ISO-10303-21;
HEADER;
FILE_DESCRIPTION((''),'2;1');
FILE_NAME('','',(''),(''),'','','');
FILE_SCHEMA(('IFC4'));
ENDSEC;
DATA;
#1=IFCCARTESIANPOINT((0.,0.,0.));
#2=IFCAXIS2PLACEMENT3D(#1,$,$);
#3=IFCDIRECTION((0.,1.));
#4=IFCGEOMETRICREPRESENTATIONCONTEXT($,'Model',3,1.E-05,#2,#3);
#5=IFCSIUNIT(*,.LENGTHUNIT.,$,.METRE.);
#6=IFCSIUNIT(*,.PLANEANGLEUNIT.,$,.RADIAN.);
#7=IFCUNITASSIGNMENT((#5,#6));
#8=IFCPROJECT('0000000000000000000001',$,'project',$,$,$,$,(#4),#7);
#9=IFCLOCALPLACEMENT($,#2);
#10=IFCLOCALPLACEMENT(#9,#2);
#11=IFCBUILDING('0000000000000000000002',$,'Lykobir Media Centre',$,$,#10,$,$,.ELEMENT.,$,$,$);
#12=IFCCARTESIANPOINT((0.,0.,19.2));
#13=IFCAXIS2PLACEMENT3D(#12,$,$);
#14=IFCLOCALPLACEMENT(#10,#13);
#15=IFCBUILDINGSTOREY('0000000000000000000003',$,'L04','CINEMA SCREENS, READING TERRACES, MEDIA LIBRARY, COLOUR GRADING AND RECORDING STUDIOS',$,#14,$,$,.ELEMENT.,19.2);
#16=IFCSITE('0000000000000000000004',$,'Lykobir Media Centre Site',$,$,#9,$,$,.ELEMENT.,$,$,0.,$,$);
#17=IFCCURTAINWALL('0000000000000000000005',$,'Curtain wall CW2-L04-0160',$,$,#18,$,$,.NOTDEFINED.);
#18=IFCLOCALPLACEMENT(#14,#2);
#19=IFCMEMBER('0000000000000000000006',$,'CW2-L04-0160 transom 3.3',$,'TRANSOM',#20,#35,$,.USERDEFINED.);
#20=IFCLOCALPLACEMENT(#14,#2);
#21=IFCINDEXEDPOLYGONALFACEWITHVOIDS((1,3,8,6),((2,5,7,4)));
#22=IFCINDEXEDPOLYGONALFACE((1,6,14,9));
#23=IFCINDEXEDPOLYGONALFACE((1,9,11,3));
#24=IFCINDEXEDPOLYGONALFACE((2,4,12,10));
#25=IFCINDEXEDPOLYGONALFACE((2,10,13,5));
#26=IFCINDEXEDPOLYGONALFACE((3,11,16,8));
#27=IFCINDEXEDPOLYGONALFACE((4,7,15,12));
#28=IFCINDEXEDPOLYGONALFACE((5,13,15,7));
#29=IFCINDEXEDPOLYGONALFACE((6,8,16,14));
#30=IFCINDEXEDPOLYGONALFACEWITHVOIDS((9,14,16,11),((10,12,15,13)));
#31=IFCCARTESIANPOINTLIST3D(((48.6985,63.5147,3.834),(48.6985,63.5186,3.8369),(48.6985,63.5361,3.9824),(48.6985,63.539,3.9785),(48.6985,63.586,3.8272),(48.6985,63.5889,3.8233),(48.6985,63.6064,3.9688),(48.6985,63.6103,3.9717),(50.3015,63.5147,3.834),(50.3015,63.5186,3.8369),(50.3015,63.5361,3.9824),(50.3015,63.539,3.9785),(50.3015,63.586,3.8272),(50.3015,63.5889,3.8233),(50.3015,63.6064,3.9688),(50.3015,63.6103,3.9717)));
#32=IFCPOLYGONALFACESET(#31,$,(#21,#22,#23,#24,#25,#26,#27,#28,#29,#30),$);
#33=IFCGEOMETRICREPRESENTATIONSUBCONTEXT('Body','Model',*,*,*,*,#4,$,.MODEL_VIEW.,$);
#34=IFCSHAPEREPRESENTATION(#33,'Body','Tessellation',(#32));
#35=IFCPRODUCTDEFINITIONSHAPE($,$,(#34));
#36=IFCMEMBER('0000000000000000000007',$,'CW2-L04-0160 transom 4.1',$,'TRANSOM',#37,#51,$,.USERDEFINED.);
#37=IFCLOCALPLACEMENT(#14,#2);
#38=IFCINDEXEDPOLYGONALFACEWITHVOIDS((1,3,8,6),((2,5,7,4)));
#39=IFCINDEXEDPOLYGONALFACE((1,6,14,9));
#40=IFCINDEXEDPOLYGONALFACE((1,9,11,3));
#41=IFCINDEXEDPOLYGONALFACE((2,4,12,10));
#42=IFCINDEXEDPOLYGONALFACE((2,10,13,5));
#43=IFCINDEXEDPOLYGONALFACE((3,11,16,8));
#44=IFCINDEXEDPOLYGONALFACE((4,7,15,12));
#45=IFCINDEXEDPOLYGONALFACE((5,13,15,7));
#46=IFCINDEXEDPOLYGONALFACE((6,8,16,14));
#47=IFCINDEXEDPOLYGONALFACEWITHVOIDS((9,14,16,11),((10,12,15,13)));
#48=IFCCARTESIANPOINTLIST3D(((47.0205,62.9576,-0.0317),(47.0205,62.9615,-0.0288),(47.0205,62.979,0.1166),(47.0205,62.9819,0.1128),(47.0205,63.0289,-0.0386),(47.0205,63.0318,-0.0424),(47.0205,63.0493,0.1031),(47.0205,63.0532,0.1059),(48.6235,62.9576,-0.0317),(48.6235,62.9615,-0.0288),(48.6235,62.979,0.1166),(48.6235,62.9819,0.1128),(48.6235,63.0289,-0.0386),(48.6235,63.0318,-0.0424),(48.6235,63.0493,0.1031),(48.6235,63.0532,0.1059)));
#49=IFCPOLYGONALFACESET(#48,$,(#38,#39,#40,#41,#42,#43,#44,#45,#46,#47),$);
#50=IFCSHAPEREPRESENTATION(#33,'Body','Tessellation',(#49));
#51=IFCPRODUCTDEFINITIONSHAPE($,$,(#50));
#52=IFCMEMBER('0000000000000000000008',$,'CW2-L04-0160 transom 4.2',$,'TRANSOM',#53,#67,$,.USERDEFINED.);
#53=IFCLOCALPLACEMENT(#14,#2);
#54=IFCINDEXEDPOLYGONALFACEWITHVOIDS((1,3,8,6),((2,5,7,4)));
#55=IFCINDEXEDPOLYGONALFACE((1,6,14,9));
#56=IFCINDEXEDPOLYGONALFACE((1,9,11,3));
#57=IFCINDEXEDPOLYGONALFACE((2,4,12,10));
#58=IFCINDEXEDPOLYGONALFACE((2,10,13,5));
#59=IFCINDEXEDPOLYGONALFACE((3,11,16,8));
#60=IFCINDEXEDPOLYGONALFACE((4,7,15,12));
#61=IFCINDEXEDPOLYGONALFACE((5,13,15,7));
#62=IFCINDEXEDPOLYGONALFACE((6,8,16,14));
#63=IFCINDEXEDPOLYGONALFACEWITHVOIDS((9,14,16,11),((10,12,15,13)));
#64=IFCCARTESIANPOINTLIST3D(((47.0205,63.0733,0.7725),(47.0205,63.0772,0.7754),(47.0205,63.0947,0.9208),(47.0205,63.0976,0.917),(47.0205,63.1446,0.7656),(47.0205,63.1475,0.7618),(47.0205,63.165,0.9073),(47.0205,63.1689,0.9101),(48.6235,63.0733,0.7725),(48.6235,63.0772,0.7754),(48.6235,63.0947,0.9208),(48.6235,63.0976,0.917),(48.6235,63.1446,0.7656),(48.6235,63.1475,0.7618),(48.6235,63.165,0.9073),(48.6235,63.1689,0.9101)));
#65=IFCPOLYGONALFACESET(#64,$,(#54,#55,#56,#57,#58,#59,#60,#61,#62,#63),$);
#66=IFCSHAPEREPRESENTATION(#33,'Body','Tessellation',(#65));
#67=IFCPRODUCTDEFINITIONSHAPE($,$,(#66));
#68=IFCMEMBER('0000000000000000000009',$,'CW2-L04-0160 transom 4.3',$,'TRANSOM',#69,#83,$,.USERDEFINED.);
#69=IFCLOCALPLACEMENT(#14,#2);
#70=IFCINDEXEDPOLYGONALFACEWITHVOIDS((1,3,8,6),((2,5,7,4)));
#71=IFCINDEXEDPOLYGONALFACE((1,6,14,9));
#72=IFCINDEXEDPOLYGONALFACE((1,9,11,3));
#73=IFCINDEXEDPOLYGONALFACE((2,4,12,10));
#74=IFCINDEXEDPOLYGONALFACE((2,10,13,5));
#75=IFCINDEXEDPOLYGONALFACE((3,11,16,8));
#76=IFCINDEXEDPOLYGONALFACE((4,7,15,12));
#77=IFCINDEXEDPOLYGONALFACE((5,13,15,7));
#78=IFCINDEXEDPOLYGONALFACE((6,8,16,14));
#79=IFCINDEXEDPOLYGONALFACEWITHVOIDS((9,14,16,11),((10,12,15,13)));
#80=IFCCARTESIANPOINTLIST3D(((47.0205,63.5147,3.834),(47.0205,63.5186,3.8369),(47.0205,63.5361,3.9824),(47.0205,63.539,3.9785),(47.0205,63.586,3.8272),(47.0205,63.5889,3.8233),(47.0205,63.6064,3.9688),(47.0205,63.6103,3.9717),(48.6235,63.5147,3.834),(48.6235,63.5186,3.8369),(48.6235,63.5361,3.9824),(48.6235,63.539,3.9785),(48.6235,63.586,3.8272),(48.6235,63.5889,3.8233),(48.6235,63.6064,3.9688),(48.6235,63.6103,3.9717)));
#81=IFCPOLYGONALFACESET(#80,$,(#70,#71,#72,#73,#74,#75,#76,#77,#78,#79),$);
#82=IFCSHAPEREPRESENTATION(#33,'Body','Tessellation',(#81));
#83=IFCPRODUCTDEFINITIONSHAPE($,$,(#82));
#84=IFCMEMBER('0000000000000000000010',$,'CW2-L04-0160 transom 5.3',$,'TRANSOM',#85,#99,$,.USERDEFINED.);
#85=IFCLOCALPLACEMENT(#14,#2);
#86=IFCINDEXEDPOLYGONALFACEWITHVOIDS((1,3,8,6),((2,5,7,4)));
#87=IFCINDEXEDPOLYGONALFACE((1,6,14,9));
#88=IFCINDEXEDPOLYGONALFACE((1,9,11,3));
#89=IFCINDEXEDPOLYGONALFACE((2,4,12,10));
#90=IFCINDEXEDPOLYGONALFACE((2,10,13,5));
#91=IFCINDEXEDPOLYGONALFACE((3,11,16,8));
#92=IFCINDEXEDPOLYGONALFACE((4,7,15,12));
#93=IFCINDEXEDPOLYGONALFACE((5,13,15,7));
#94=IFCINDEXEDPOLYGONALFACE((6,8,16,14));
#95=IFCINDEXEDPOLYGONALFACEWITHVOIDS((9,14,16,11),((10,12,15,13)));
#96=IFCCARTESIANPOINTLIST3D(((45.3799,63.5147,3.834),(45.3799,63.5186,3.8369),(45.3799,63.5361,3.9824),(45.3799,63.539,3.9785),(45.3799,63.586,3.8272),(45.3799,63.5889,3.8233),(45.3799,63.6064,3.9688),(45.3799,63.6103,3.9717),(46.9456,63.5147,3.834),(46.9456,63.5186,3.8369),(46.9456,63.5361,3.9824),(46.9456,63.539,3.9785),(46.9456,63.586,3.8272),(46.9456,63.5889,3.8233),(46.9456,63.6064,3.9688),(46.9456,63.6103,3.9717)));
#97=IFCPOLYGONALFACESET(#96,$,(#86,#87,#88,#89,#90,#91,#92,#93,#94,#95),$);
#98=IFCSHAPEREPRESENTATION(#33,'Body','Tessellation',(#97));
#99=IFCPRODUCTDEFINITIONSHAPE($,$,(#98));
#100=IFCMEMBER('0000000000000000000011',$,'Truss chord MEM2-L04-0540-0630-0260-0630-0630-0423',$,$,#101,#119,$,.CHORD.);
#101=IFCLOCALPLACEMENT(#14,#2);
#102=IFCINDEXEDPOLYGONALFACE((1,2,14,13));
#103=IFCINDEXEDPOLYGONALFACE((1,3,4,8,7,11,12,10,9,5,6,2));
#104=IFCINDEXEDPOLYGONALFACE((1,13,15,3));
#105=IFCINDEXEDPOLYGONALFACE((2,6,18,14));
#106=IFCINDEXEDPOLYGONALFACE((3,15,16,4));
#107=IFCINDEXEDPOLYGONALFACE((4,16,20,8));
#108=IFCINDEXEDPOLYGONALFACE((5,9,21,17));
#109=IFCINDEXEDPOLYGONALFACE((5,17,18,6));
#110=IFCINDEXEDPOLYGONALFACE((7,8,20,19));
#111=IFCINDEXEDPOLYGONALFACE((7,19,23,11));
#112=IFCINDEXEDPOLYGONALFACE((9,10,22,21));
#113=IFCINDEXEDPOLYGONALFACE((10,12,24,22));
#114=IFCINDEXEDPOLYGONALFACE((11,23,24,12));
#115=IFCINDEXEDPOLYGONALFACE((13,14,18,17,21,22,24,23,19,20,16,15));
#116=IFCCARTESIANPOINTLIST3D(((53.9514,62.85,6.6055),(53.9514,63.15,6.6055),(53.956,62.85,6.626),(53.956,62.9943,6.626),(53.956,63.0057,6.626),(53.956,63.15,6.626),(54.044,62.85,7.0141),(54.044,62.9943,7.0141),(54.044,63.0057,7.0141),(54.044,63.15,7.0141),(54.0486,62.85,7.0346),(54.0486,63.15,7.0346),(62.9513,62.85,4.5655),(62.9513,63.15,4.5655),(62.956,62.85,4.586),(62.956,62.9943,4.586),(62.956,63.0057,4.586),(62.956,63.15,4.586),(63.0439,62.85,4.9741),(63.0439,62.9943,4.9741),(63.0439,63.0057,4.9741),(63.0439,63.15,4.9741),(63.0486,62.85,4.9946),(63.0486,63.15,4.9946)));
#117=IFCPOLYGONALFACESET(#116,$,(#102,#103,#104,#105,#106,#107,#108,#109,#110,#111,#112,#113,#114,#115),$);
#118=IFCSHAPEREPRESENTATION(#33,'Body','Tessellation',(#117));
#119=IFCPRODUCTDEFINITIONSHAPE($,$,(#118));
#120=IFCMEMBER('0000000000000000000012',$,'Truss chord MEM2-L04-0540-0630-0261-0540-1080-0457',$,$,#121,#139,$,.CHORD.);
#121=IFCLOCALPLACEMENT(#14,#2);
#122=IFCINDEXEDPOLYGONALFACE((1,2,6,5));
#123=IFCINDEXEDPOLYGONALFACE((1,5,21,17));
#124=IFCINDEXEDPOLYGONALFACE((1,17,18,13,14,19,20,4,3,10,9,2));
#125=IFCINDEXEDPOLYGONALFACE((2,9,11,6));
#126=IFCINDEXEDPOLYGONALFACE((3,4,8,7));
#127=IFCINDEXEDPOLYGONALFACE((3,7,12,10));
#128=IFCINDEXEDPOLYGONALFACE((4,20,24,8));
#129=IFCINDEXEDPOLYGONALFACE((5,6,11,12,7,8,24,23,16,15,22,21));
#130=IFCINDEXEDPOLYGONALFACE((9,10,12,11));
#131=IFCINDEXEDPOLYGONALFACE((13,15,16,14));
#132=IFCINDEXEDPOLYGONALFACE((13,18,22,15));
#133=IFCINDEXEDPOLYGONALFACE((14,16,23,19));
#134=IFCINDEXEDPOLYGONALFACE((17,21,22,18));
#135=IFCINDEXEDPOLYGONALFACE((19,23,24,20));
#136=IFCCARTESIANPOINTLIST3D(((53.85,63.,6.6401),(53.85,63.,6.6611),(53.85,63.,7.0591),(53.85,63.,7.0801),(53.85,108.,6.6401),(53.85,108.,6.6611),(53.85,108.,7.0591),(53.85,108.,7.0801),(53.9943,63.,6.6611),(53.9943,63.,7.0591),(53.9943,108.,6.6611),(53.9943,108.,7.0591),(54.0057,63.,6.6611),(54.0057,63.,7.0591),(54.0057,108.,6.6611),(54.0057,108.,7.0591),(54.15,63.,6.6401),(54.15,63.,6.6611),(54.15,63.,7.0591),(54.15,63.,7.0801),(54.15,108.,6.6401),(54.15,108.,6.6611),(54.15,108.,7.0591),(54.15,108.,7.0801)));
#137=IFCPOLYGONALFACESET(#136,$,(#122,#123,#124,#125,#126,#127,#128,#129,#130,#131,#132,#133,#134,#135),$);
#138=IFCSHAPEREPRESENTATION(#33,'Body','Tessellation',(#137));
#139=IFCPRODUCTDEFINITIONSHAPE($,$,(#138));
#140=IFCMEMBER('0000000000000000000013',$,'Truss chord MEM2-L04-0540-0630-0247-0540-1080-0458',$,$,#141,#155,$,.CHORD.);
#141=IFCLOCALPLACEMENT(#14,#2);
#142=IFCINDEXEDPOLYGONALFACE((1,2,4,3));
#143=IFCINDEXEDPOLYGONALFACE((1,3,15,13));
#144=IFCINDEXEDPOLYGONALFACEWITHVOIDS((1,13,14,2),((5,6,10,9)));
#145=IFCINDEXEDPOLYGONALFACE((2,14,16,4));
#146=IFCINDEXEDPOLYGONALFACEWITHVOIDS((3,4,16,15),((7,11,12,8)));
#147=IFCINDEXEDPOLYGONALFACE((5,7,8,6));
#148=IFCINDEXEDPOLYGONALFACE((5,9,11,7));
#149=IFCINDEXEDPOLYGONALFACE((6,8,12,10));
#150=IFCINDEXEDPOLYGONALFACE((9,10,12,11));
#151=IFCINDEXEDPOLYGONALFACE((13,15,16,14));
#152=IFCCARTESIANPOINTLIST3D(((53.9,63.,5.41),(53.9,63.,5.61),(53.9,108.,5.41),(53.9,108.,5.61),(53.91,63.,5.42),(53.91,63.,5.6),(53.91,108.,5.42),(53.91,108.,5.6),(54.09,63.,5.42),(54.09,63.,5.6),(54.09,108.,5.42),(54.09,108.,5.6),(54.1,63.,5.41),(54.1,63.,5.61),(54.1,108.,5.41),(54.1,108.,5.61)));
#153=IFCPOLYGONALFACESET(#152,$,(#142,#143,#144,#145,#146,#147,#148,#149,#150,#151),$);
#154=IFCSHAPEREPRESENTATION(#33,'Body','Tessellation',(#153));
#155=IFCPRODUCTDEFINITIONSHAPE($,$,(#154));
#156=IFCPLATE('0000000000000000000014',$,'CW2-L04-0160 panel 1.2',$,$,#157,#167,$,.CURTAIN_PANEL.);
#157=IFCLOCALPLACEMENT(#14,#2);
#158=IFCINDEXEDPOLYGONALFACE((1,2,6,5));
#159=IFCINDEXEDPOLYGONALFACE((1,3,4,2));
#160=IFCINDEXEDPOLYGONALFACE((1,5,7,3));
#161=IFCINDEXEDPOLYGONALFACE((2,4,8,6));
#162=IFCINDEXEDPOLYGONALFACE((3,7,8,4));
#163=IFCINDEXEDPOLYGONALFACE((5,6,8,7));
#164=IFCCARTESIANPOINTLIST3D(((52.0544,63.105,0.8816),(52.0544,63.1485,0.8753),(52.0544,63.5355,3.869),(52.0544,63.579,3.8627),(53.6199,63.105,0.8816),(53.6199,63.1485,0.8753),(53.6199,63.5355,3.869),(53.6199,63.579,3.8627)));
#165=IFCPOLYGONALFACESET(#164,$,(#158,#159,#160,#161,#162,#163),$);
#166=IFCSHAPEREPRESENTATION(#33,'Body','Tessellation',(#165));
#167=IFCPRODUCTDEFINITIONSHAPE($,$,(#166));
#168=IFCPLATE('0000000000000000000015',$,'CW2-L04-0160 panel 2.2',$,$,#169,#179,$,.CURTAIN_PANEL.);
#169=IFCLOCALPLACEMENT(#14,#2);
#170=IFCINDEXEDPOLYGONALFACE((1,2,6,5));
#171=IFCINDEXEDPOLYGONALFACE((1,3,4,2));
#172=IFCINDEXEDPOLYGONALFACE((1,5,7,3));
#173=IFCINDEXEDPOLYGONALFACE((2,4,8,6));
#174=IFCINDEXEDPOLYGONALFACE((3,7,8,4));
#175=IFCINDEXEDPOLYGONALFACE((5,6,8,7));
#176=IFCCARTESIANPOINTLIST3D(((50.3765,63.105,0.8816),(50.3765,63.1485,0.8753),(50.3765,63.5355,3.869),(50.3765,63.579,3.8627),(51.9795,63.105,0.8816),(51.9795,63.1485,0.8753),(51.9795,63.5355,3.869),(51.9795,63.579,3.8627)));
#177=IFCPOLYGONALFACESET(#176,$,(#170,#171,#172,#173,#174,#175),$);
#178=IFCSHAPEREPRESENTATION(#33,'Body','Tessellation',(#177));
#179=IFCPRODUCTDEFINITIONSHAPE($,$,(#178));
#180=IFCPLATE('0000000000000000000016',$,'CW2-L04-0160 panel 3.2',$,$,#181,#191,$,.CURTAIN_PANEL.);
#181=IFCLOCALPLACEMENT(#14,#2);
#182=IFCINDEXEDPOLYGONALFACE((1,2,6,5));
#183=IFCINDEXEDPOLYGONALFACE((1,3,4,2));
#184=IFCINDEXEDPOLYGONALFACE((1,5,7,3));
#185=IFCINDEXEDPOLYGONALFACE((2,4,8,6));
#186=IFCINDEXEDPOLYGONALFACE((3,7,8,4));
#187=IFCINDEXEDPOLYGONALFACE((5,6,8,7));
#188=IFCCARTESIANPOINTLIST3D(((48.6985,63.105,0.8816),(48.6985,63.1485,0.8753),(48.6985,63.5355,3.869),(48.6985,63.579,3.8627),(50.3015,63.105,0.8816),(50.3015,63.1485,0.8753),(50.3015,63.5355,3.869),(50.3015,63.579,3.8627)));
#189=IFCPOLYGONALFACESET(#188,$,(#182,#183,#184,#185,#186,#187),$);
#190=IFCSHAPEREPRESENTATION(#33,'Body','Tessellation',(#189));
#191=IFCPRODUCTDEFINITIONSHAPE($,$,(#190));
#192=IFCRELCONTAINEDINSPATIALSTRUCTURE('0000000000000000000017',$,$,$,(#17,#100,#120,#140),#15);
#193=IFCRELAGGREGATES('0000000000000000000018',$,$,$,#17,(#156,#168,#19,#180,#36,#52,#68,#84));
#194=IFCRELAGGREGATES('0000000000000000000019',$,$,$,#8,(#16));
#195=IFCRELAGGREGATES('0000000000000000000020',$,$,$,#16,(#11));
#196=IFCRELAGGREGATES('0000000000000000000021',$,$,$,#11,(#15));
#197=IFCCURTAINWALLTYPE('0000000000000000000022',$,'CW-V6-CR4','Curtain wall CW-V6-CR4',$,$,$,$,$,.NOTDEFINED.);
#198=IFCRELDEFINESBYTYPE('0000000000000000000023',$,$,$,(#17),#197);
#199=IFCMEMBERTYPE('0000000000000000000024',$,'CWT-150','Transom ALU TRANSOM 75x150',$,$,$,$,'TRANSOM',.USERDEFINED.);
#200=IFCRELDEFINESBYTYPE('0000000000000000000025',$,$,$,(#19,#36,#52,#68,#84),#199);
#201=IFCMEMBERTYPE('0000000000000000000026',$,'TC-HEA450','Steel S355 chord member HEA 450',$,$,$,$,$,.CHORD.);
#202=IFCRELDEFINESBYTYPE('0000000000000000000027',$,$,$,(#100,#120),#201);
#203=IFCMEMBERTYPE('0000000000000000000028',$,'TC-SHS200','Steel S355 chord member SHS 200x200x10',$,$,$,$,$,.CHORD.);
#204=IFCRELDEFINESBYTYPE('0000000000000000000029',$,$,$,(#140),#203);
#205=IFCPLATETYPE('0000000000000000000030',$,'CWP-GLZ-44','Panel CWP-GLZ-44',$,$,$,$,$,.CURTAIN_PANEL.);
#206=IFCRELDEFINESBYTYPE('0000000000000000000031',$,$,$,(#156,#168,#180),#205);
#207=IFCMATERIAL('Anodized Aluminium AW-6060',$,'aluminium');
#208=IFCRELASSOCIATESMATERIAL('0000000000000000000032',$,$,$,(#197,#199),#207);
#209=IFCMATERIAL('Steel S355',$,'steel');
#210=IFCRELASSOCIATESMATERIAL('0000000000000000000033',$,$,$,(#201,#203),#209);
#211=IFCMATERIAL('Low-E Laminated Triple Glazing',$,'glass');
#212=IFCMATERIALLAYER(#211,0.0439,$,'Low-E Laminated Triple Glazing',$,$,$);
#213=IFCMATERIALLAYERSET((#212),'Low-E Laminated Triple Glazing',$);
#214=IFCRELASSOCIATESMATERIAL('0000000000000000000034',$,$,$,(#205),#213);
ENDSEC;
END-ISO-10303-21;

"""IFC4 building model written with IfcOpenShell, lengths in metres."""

from ifc_helpers import new_model, si_unit, direction, frame, origin, origin_2d, place, context, subcontext, project, spatial, rectangle, hollow_rectangle, i_section, extrude, material, layer, layer_set, material_profile, profile_set, type_object, element, aggregate, save


model = new_model("IFC4")

# Units and contexts
model_context = context("Model", 3, precision=1e-05, world=origin(), true_north=direction((0.0, 1.0)))
body_context = subcontext(model_context, "Body", "Model", "MODEL_VIEW")
ifc_project = project(units=[si_unit("LENGTHUNIT", "METRE"), si_unit("PLANEANGLEUNIT", "RADIAN")], contexts=[model_context])

# Site, building, storey
site_placement = place(None, origin())
site = spatial("IfcSite", under=ifc_project, at=site_placement, Name="Lykobir Media Centre Site", CompositionType="ELEMENT", RefElevation=0.0)
building_placement = place(site_placement, origin())
building = spatial("IfcBuilding", under=site, at=building_placement, Name="Lykobir Media Centre", CompositionType="ELEMENT")
storey_placement = place(building_placement, frame((0.0, 0.0, 19.2)))
storey = spatial("IfcBuildingStorey", under=building, at=storey_placement, Name="L04", Description="CINEMA SCREENS, READING TERRACES, MEDIA LIBRARY, COLOUR GRADING AND RECORDING STUDIOS", CompositionType="ELEMENT", Elevation=19.2)

# Shared definitions
ifc_material_1 = material(Name="Steel S355", Category="steel")

# Curtain wall, members
ifc_material_2 = material(Name="Anodized Aluminium AW-6060", Category="aluminium")
curtain_wall_type_1 = type_object("IfcCurtainWallType", Name="CW-V6-CR4", Description="Curtain wall CW-V6-CR4", PredefinedType="NOTDEFINED", material=ifc_material_2)
curtain_wall_1_placement = place(storey_placement, origin())
curtain_wall_1 = element("IfcCurtainWall", 1, at=curtain_wall_1_placement, inside=storey, type_object=curtain_wall_type_1, Name="Curtain wall CW2-L04-0160", PredefinedType="NOTDEFINED")
ifc_material_profile_1 = material_profile(ifc_material_2, hollow_rectangle(XDim=0.075, YDim=0.1499, WallThickness=0.0034, at=origin_2d()), Name="ALU TRANSOM 75x150")
ifc_profile_set_1 = profile_set([ifc_material_profile_1], Name="Anodized Aluminium AW-6060")
member_type_1 = type_object("IfcMemberType", Name="CWT-150", Description="Transom ALU TRANSOM 75x150", ElementType="TRANSOM", PredefinedType="USERDEFINED", material=ifc_profile_set_1)
member_1_placement = place(storey_placement, frame((50.3015, 63.5625, 3.9028), z_axis=(-1.0, 0.0, 0.0), x_axis=(0.0, -0.989776, 0.142629)))
member_1 = element("IfcMember", 2, at=member_1_placement, type_object=member_type_1, Name="CW2-L04-0160 transom 3.3", ObjectType="TRANSOM", PredefinedType="USERDEFINED", context=body_context, shape_type="SweptSolid", body=[
    extrude(hollow_rectangle(XDim=0.075, YDim=0.1499, WallThickness=0.0034, at=origin_2d()), origin(), (0.0, 0.0, 1.0), 1.603),
])
member_2_placement = place(storey_placement, frame((48.6235, 63.0054, 0.0371), z_axis=(-1.0, 0.0, 0.0), x_axis=(0.0, -0.989776, 0.142629)))
member_2 = element("IfcMember", 3, at=member_2_placement, type_object=member_type_1, Name="CW2-L04-0160 transom 4.1", ObjectType="TRANSOM", PredefinedType="USERDEFINED", context=body_context, shape_type="SweptSolid", body=[
    extrude(hollow_rectangle(XDim=0.075, YDim=0.1499, WallThickness=0.0034, at=origin_2d()), origin(), (0.0, 0.0, 1.0), 1.603),
])
member_3_placement = place(storey_placement, frame((48.6235, 63.1211, 0.8413), z_axis=(-1.0, 0.0, 0.0), x_axis=(0.0, -0.989776, 0.142629)))
member_3 = element("IfcMember", 4, at=member_3_placement, type_object=member_type_1, Name="CW2-L04-0160 transom 4.2", ObjectType="TRANSOM", PredefinedType="USERDEFINED", context=body_context, shape_type="SweptSolid", body=[
    extrude(hollow_rectangle(XDim=0.075, YDim=0.1499, WallThickness=0.0034, at=origin_2d()), origin(), (0.0, 0.0, 1.0), 1.603),
])
member_4_placement = place(storey_placement, frame((48.6235, 63.5625, 3.9028), z_axis=(-1.0, 0.0, 0.0), x_axis=(0.0, -0.989776, 0.142629)))
member_4 = element("IfcMember", 5, at=member_4_placement, type_object=member_type_1, Name="CW2-L04-0160 transom 4.3", ObjectType="TRANSOM", PredefinedType="USERDEFINED", context=body_context, shape_type="SweptSolid", body=[
    extrude(hollow_rectangle(XDim=0.075, YDim=0.1499, WallThickness=0.0034, at=origin_2d()), origin(), (0.0, 0.0, 1.0), 1.603),
])
member_5_placement = place(storey_placement, frame((46.9456, 63.5625, 3.9028), z_axis=(-1.0, 0.0, 0.0), x_axis=(0.0, -0.989776, 0.142629)))
member_5 = element("IfcMember", 6, at=member_5_placement, type_object=member_type_1, Name="CW2-L04-0160 transom 5.3", ObjectType="TRANSOM", PredefinedType="USERDEFINED", context=body_context, shape_type="SweptSolid", body=[
    extrude(hollow_rectangle(XDim=0.075, YDim=0.1499, WallThickness=0.0034, at=origin_2d()), origin(), (0.0, 0.0, 1.0), 1.5657),
])

# Members
ifc_material_profile_2 = material_profile(ifc_material_1, i_section(OverallWidth=0.3, OverallDepth=0.4399, WebThickness=0.0115, FlangeThickness=0.021, at=origin_2d()), Name="HEA 450")
ifc_profile_set_2 = profile_set([ifc_material_profile_2], Name="Steel S355")
member_type_2 = type_object("IfcMemberType", Name="TC-HEA450", Description="Steel S355 chord member HEA 450", PredefinedType="CHORD", material=ifc_profile_set_2)
member_6_placement = place(storey_placement, frame((54.0, 63.0, 6.8201), z_axis=(0.97526, 0.0, -0.221063), x_axis=(0.0, 1.0, 0.0)))
element("IfcMember", 7, at=member_6_placement, inside=storey, type_object=member_type_2, Name="Truss chord MEM2-L04-0540-0630-0260-0630-0630-0423", PredefinedType="CHORD", context=body_context, shape_type="SweptSolid", body=[
    extrude(i_section(OverallWidth=0.3, OverallDepth=0.4399, WebThickness=0.0115, FlangeThickness=0.021, at=origin_2d()), origin(), (0.0, 0.0, 1.0), 9.2283),
])
member_7_placement = place(storey_placement, frame((54.0, 63.0, 6.8601), z_axis=(0.0, 1.0, 0.0), x_axis=(-1.0, 0.0, 0.0)))
element("IfcMember", 8, at=member_7_placement, inside=storey, type_object=member_type_2, Name="Truss chord MEM2-L04-0540-0630-0261-0540-1080-0457", PredefinedType="CHORD", context=body_context, shape_type="SweptSolid", body=[
    extrude(i_section(OverallWidth=0.3, OverallDepth=0.4399, WebThickness=0.0115, FlangeThickness=0.021, at=origin_2d()), origin(), (0.0, 0.0, 1.0), 45.0),
])
ifc_material_profile_3 = material_profile(ifc_material_1, hollow_rectangle(XDim=0.2, YDim=0.2, WallThickness=0.01, at=origin_2d()), Name="SHS 200x200x10")
ifc_profile_set_3 = profile_set([ifc_material_profile_3], Name="Steel S355")
member_type_3 = type_object("IfcMemberType", Name="TC-SHS200", Description="Steel S355 chord member SHS 200x200x10", PredefinedType="CHORD", material=ifc_profile_set_3)
member_8_placement = place(storey_placement, frame((54.0, 63.0, 5.51), z_axis=(0.0, 1.0, 0.0), x_axis=(-1.0, 0.0, 0.0)))
element("IfcMember", 9, at=member_8_placement, inside=storey, type_object=member_type_3, Name="Truss chord MEM2-L04-0540-0630-0247-0540-1080-0458", PredefinedType="CHORD", context=body_context, shape_type="SweptSolid", body=[
    extrude(hollow_rectangle(XDim=0.2, YDim=0.2, WallThickness=0.01, at=origin_2d()), origin(), (0.0, 0.0, 1.0), 45.0),
])

# Plates
ifc_material_3 = material(Name="Low-E Laminated Triple Glazing", Category="glass")
ifc_layer_1 = layer(ifc_material_3, 0.0439, Name="Low-E Laminated Triple Glazing")
ifc_layer_set_1 = layer_set([ifc_layer_1], Name="Low-E Laminated Triple Glazing")
plate_type_1 = type_object("IfcPlateType", Name="CWP-GLZ-44", Description="Panel CWP-GLZ-44", PredefinedType="CURTAIN_PANEL", material=ifc_layer_set_1)
plate_1_placement = place(storey_placement, frame((52.8372, 63.1267, 0.8784), z_axis=(0.0, 0.142629, 0.989776), x_axis=(-1.0, 0.0, 0.0)))
plate_1 = element("IfcPlate", 10, at=plate_1_placement, type_object=plate_type_1, Name="CW2-L04-0160 panel 1.2", PredefinedType="CURTAIN_PANEL", context=body_context, shape_type="SweptSolid", body=[
    extrude(rectangle(XDim=1.5654, YDim=0.0439, at=origin_2d()), origin(), (0.0, 0.0, 1.0), 3.0183),
])
plate_2_placement = place(storey_placement, frame((51.178, 63.1267, 0.8784), z_axis=(0.0, 0.142629, 0.989776), x_axis=(-1.0, 0.0, 0.0)))
plate_2 = element("IfcPlate", 11, at=plate_2_placement, type_object=plate_type_1, Name="CW2-L04-0160 panel 2.2", PredefinedType="CURTAIN_PANEL", context=body_context, shape_type="SweptSolid", body=[
    extrude(rectangle(XDim=1.603, YDim=0.0439, at=origin_2d()), origin(), (0.0, 0.0, 1.0), 3.0183),
])
plate_3_placement = place(storey_placement, frame((49.5, 63.1267, 0.8784), z_axis=(0.0, 0.142629, 0.989776), x_axis=(-1.0, 0.0, 0.0)))
plate_3 = element("IfcPlate", 12, at=plate_3_placement, type_object=plate_type_1, Name="CW2-L04-0160 panel 3.2", PredefinedType="CURTAIN_PANEL", context=body_context, shape_type="SweptSolid", body=[
    extrude(rectangle(XDim=1.603, YDim=0.0439, at=origin_2d()), origin(), (0.0, 0.0, 1.0), 3.0183),
])

aggregate(curtain_wall_1, [plate_1, plate_2, member_1, plate_3, member_2, member_3, member_4, member_5])

save(model, "model.ifc")
